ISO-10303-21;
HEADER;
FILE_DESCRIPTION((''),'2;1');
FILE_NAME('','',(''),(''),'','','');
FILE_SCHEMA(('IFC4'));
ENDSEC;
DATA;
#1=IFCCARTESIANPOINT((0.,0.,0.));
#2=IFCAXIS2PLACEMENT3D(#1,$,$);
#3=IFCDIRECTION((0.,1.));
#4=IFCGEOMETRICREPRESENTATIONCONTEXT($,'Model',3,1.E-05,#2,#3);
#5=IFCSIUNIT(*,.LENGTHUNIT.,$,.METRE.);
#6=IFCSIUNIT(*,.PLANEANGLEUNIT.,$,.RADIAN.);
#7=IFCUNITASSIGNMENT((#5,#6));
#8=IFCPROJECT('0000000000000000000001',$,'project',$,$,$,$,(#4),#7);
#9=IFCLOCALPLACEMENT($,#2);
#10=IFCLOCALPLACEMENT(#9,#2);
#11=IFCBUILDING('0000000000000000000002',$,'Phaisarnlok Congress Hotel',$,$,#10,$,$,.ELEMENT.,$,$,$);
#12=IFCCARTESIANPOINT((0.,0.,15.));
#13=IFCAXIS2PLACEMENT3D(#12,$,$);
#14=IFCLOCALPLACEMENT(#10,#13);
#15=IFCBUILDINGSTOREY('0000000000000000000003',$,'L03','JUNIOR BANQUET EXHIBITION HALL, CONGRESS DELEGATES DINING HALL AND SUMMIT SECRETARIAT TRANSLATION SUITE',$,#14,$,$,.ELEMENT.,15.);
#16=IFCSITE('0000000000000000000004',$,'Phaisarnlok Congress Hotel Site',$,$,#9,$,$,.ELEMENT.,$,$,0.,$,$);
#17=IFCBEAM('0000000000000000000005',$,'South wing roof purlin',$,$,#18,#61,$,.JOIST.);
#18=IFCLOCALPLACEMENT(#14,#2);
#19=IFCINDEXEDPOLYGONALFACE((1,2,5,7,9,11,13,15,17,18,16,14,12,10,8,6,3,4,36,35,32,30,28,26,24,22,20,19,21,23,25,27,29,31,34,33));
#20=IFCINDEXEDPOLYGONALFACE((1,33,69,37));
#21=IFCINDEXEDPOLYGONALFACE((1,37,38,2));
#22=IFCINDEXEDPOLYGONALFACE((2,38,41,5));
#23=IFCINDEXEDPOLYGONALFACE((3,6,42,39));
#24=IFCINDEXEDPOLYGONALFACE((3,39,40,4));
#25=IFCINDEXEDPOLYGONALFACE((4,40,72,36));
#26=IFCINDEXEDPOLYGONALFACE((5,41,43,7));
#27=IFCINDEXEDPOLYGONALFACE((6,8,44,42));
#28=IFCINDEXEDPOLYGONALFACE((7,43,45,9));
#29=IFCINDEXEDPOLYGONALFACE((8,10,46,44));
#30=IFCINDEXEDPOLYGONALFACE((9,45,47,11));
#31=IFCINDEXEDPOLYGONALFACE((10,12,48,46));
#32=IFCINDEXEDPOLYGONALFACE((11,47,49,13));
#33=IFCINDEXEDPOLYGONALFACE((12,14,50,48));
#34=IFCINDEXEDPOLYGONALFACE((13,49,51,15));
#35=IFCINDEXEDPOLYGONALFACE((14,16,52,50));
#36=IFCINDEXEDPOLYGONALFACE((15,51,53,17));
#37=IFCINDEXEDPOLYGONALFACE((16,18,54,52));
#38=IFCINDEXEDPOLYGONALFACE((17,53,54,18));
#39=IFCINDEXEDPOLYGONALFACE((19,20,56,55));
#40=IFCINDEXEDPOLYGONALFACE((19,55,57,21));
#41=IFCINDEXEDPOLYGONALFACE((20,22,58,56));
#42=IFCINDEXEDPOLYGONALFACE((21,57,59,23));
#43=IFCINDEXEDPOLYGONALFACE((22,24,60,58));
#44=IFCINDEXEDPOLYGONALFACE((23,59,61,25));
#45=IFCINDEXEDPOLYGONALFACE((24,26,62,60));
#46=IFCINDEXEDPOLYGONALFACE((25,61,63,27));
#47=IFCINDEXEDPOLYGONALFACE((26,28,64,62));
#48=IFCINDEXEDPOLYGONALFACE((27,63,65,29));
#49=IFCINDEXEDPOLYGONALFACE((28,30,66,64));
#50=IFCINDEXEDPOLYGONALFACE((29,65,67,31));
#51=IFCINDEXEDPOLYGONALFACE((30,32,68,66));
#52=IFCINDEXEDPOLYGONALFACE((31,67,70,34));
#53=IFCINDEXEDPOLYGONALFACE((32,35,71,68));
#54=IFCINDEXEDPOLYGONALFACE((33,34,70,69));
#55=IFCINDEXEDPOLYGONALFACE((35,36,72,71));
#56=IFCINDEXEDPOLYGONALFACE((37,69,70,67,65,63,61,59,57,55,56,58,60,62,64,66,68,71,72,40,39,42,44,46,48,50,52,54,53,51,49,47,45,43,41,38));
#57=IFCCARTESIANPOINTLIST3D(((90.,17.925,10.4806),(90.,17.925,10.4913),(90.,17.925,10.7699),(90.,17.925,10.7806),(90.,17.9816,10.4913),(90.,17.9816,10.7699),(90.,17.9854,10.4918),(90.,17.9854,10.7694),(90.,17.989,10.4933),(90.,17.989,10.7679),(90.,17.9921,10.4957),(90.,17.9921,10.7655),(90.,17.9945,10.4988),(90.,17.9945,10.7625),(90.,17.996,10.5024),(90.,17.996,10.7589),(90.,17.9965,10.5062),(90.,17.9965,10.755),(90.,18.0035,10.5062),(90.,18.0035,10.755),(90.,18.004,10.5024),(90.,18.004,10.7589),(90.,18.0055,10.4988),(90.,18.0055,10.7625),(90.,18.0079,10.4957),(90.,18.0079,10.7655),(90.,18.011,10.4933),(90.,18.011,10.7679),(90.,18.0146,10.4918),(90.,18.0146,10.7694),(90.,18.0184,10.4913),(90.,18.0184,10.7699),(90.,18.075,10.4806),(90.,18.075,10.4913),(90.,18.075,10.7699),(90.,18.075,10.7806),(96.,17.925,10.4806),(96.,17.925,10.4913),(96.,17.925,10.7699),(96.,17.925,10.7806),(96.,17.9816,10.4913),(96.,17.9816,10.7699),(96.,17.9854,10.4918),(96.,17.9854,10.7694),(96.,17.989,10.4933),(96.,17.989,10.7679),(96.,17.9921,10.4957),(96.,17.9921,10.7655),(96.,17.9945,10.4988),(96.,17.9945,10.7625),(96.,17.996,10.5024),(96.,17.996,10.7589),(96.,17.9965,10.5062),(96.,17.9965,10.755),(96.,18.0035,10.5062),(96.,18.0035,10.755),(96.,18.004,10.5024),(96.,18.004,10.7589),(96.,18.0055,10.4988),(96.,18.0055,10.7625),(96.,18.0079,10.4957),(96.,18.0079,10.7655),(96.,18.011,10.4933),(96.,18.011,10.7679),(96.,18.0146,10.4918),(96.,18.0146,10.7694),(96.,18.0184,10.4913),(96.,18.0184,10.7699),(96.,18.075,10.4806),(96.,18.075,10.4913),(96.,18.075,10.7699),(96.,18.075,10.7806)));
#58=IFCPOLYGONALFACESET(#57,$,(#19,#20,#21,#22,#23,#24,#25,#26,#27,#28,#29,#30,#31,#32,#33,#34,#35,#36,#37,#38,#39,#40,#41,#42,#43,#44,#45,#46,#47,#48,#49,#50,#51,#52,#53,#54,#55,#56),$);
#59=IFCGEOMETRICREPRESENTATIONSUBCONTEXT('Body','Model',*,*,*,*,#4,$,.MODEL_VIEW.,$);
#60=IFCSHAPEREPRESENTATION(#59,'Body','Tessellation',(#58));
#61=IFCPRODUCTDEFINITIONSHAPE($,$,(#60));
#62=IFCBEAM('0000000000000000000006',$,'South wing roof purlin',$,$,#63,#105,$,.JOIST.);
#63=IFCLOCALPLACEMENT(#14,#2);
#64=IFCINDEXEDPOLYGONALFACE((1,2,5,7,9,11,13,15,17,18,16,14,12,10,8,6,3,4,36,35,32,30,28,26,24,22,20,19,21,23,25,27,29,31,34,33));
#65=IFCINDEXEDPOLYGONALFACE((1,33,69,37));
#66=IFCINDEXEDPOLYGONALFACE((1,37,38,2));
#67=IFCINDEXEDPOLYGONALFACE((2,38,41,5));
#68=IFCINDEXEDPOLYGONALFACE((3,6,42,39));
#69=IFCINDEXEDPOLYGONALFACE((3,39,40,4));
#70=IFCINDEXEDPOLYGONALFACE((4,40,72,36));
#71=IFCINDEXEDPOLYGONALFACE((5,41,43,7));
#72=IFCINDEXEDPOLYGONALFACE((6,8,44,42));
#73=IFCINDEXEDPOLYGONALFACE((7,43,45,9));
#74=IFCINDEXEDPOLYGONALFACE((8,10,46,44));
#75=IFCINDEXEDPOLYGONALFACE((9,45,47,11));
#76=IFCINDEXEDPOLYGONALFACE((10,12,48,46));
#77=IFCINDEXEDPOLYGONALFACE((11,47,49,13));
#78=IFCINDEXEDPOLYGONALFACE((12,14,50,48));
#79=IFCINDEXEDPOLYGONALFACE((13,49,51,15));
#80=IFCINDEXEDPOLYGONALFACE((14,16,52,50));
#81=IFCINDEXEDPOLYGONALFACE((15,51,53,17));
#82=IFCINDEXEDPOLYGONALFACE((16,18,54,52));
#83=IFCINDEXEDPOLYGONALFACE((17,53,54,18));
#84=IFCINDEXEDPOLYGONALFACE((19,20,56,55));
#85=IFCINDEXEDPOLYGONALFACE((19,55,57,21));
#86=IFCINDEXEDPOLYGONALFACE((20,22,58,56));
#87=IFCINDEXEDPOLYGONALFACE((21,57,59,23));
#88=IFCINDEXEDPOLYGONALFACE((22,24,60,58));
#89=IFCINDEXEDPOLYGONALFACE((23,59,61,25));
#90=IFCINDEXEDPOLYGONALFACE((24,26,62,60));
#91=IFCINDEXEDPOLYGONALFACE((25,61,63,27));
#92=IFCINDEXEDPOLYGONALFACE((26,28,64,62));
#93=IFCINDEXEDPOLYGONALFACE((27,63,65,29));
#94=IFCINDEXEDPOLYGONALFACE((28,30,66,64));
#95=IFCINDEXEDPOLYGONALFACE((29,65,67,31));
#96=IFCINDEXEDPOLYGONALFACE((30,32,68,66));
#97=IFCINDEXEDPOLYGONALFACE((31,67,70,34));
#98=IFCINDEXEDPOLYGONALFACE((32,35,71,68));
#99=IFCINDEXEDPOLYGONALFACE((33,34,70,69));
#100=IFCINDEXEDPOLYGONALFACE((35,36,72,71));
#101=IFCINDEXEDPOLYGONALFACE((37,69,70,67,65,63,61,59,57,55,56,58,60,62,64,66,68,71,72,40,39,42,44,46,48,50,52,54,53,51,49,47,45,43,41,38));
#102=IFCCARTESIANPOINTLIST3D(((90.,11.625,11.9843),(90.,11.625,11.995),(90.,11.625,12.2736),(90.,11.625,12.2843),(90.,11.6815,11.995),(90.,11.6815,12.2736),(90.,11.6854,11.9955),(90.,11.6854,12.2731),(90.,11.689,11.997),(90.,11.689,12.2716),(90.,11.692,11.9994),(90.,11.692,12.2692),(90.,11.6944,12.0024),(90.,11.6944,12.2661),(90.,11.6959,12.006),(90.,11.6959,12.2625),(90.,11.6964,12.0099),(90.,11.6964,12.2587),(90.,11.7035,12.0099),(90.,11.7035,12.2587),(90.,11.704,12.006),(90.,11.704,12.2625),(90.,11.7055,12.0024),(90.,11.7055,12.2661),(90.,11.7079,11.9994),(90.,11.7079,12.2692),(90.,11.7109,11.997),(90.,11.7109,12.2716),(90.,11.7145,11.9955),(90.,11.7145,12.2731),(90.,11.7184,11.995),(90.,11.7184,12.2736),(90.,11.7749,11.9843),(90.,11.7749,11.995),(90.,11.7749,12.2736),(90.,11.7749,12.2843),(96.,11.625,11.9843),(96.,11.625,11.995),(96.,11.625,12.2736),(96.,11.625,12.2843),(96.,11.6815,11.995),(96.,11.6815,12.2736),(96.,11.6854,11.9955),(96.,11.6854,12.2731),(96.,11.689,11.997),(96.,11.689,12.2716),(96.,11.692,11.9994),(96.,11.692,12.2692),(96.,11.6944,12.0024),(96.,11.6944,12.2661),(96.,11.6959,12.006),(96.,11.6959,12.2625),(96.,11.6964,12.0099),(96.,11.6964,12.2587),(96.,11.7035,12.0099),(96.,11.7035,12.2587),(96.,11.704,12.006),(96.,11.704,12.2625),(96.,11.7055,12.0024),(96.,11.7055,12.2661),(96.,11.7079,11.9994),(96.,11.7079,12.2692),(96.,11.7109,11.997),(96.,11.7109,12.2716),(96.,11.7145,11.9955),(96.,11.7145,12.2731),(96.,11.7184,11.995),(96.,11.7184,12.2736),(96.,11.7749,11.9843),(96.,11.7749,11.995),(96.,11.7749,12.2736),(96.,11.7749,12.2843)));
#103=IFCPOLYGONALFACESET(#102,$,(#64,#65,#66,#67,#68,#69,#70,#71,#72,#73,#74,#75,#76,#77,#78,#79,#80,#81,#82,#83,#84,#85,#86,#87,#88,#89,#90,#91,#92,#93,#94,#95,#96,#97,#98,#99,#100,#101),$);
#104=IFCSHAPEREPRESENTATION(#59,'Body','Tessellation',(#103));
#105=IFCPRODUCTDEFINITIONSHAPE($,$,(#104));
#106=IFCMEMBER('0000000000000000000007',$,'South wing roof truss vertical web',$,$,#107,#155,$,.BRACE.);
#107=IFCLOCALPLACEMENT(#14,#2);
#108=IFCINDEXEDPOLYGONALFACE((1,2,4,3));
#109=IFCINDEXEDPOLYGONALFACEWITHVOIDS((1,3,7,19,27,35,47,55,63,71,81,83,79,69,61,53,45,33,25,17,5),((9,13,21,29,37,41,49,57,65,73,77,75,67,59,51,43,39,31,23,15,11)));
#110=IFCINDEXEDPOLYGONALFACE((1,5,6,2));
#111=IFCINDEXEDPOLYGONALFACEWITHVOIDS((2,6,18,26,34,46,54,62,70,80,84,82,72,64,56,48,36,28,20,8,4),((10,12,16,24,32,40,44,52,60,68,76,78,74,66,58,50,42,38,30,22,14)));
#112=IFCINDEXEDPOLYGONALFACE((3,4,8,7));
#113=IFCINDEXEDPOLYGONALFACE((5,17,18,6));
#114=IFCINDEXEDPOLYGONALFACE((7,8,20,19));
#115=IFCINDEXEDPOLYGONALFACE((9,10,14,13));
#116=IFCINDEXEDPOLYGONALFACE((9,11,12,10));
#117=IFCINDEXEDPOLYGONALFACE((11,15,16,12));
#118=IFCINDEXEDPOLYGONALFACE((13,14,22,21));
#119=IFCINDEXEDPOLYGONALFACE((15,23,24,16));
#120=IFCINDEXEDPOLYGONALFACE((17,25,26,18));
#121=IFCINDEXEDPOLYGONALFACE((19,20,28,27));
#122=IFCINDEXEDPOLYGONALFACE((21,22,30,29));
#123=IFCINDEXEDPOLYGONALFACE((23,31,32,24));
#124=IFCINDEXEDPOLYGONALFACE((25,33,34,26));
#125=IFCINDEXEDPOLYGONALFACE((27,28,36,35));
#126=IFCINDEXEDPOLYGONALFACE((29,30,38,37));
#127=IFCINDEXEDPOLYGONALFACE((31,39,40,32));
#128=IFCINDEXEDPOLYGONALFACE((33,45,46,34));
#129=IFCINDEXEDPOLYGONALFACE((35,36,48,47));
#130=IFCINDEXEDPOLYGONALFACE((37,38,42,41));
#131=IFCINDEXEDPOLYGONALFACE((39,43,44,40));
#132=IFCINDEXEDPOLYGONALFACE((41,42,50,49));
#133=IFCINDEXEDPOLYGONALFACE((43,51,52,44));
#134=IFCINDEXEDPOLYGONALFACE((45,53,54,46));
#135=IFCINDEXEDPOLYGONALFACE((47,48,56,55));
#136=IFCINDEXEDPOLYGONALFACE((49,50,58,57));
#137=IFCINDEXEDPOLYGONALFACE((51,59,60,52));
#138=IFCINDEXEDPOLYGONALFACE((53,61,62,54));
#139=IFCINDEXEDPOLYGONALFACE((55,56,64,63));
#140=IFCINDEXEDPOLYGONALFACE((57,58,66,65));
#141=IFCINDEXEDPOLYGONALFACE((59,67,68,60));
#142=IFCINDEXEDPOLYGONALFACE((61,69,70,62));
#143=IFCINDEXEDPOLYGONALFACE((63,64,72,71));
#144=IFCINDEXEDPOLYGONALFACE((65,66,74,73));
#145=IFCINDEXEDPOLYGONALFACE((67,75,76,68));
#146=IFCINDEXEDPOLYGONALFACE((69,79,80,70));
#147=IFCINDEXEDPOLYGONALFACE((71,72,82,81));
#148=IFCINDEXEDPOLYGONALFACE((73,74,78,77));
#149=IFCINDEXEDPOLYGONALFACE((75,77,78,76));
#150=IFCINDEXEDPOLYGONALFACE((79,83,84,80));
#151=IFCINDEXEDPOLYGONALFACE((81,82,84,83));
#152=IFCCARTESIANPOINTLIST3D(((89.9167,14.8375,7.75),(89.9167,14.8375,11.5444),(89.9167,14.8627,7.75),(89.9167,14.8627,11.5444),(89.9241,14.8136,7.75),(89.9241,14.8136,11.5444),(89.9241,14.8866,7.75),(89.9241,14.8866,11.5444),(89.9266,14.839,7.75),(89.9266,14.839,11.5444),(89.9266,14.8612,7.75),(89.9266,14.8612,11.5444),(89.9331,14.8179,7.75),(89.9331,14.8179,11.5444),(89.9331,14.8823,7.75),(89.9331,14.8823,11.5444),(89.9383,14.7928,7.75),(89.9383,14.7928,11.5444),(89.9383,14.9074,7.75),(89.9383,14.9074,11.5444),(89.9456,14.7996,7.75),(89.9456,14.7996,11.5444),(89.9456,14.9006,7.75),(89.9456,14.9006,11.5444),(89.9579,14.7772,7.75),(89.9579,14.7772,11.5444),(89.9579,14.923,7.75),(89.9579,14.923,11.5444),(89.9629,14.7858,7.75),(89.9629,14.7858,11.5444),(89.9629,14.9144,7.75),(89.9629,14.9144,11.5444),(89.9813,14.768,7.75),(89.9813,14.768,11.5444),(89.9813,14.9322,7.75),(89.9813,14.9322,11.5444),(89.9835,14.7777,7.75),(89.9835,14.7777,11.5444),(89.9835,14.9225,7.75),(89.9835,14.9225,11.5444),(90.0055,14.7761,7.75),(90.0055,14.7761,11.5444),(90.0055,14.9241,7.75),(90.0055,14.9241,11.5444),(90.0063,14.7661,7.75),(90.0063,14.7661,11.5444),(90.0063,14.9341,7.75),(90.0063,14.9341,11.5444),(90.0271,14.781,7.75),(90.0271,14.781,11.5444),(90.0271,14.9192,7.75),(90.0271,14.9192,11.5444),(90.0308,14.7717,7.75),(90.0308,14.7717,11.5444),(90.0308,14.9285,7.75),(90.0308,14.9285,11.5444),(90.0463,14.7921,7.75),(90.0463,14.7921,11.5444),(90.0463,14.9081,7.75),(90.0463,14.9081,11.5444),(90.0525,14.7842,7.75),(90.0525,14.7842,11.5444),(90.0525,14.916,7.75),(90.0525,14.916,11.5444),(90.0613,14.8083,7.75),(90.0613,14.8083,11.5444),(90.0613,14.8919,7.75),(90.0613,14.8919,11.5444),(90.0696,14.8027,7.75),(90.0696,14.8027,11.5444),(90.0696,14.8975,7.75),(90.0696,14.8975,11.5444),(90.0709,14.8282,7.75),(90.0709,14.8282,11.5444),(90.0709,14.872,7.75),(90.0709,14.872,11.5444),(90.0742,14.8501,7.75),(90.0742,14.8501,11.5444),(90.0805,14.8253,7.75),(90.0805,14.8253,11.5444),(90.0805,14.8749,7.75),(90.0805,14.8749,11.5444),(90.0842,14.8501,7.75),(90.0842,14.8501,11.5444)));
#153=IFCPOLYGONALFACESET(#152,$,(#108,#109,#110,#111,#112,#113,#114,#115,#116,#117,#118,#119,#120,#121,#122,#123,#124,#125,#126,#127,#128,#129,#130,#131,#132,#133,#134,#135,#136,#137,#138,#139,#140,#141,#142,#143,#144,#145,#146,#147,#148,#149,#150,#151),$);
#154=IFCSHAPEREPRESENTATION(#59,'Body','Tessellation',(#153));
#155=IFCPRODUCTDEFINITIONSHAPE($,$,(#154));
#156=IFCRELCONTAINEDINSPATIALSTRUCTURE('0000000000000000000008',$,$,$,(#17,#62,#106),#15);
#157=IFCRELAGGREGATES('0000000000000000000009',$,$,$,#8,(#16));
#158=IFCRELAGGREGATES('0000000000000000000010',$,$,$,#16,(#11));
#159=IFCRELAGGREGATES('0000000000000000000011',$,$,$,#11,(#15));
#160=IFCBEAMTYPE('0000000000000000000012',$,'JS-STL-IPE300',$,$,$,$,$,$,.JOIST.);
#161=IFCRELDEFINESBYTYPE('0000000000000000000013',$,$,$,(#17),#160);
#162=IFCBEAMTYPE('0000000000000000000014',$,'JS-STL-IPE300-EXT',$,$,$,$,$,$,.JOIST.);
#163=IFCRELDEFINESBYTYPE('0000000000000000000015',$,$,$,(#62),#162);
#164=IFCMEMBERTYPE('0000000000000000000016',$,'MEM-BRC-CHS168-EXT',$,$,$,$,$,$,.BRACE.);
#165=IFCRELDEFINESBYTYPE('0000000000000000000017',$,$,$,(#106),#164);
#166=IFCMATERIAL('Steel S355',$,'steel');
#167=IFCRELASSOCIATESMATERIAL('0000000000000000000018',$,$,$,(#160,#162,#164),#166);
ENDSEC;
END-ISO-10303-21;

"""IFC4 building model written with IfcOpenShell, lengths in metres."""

from ifc_helpers import new_model, si_unit, direction, frame, origin, origin_2d, place, context, subcontext, project, spatial, hollow_circle, i_section, extrude, material, material_profile, profile_set, type_object, element, save


model = new_model("IFC4")

# Units and contexts
model_context = context("Model", 3, precision=1e-05, world=origin(), true_north=direction((0.0, 1.0)))
body_context = subcontext(model_context, "Body", "Model", "MODEL_VIEW")
ifc_project = project(units=[si_unit("LENGTHUNIT", "METRE"), si_unit("PLANEANGLEUNIT", "RADIAN")], contexts=[model_context])

# Site, building, storey
site_placement = place(None, origin())
site = spatial("IfcSite", under=ifc_project, at=site_placement, Name="Phaisarnlok Congress Hotel Site", CompositionType="ELEMENT", RefElevation=0.0)
building_placement = place(site_placement, origin())
building = spatial("IfcBuilding", under=site, at=building_placement, Name="Phaisarnlok Congress Hotel", CompositionType="ELEMENT")
storey_placement = place(building_placement, frame((0.0, 0.0, 15.0)))
storey = spatial("IfcBuildingStorey", under=building, at=storey_placement, Name="L03", Description="JUNIOR BANQUET EXHIBITION HALL, CONGRESS DELEGATES DINING HALL AND SUMMIT SECRETARIAT TRANSLATION SUITE", CompositionType="ELEMENT", Elevation=15.0)

# Beams
ifc_material_1 = material(Name="Steel S355", Category="steel")
ifc_material_profile_1 = material_profile(ifc_material_1, i_section(OverallWidth=0.1499, OverallDepth=0.3, WebThickness=0.0071, FlangeThickness=0.0107, FilletRadius=0.0149, at=origin_2d()), Name="IPE 300")
ifc_profile_set_1 = profile_set([ifc_material_profile_1], Name="Steel S355")
beam_type_1 = type_object("IfcBeamType", Name="JS-STL-IPE300", PredefinedType="JOIST", material=ifc_profile_set_1)
beam_1_placement = place(storey_placement, frame((90.0, 18.0, 10.6306), z_axis=(1.0, 0.0, 0.0), x_axis=(0.0, 1.0, 0.0)))
element("IfcBeam", 1, at=beam_1_placement, inside=storey, type_object=beam_type_1, Name="South wing roof purlin", PredefinedType="JOIST", context=body_context, shape_type="SweptSolid", body=[
    extrude(i_section(OverallWidth=0.1499, OverallDepth=0.3, WebThickness=0.0071, FlangeThickness=0.0107, FilletRadius=0.0149, at=origin_2d()), origin(), (0.0, 0.0, 1.0), 6.0),
])
ifc_material_profile_2 = material_profile(ifc_material_1, i_section(OverallWidth=0.1499, OverallDepth=0.3, WebThickness=0.0071, FlangeThickness=0.0107, FilletRadius=0.0149, at=origin_2d()), Name="IPE 300")
ifc_profile_set_2 = profile_set([ifc_material_profile_2], Name="Steel S355")
beam_type_2 = type_object("IfcBeamType", Name="JS-STL-IPE300-EXT", PredefinedType="JOIST", material=ifc_profile_set_2)
beam_2_placement = place(storey_placement, frame((90.0, 11.7, 12.1343), z_axis=(1.0, 0.0, 0.0), x_axis=(0.0, 1.0, 0.0)))
element("IfcBeam", 2, at=beam_2_placement, inside=storey, type_object=beam_type_2, Name="South wing roof purlin", PredefinedType="JOIST", context=body_context, shape_type="SweptSolid", body=[
    extrude(i_section(OverallWidth=0.1499, OverallDepth=0.3, WebThickness=0.0071, FlangeThickness=0.0107, FilletRadius=0.0149, at=origin_2d()), origin(), (0.0, 0.0, 1.0), 6.0),
])

# Member
ifc_material_profile_3 = material_profile(ifc_material_1, hollow_circle(Radius=0.0842, WallThickness=0.01, at=origin_2d()), Name="CHS 168.3x10")
ifc_profile_set_3 = profile_set([ifc_material_profile_3], Name="Steel S355")
member_type_1 = type_object("IfcMemberType", Name="MEM-BRC-CHS168-EXT", PredefinedType="BRACE", material=ifc_profile_set_3)
member_1_placement = place(storey_placement, frame((90.0, 14.8501, 7.75), z_axis=(0.0, 0.0, 1.0), x_axis=(1.0, 0.0, 0.0)))
element("IfcMember", 3, at=member_1_placement, inside=storey, type_object=member_type_1, Name="South wing roof truss vertical web", PredefinedType="BRACE", context=body_context, shape_type="SweptSolid", body=[
    extrude(hollow_circle(Radius=0.0842, WallThickness=0.01, at=origin_2d()), origin(), (0.0, 0.0, 1.0), 3.7944),
])

save(model, "model.ifc")
